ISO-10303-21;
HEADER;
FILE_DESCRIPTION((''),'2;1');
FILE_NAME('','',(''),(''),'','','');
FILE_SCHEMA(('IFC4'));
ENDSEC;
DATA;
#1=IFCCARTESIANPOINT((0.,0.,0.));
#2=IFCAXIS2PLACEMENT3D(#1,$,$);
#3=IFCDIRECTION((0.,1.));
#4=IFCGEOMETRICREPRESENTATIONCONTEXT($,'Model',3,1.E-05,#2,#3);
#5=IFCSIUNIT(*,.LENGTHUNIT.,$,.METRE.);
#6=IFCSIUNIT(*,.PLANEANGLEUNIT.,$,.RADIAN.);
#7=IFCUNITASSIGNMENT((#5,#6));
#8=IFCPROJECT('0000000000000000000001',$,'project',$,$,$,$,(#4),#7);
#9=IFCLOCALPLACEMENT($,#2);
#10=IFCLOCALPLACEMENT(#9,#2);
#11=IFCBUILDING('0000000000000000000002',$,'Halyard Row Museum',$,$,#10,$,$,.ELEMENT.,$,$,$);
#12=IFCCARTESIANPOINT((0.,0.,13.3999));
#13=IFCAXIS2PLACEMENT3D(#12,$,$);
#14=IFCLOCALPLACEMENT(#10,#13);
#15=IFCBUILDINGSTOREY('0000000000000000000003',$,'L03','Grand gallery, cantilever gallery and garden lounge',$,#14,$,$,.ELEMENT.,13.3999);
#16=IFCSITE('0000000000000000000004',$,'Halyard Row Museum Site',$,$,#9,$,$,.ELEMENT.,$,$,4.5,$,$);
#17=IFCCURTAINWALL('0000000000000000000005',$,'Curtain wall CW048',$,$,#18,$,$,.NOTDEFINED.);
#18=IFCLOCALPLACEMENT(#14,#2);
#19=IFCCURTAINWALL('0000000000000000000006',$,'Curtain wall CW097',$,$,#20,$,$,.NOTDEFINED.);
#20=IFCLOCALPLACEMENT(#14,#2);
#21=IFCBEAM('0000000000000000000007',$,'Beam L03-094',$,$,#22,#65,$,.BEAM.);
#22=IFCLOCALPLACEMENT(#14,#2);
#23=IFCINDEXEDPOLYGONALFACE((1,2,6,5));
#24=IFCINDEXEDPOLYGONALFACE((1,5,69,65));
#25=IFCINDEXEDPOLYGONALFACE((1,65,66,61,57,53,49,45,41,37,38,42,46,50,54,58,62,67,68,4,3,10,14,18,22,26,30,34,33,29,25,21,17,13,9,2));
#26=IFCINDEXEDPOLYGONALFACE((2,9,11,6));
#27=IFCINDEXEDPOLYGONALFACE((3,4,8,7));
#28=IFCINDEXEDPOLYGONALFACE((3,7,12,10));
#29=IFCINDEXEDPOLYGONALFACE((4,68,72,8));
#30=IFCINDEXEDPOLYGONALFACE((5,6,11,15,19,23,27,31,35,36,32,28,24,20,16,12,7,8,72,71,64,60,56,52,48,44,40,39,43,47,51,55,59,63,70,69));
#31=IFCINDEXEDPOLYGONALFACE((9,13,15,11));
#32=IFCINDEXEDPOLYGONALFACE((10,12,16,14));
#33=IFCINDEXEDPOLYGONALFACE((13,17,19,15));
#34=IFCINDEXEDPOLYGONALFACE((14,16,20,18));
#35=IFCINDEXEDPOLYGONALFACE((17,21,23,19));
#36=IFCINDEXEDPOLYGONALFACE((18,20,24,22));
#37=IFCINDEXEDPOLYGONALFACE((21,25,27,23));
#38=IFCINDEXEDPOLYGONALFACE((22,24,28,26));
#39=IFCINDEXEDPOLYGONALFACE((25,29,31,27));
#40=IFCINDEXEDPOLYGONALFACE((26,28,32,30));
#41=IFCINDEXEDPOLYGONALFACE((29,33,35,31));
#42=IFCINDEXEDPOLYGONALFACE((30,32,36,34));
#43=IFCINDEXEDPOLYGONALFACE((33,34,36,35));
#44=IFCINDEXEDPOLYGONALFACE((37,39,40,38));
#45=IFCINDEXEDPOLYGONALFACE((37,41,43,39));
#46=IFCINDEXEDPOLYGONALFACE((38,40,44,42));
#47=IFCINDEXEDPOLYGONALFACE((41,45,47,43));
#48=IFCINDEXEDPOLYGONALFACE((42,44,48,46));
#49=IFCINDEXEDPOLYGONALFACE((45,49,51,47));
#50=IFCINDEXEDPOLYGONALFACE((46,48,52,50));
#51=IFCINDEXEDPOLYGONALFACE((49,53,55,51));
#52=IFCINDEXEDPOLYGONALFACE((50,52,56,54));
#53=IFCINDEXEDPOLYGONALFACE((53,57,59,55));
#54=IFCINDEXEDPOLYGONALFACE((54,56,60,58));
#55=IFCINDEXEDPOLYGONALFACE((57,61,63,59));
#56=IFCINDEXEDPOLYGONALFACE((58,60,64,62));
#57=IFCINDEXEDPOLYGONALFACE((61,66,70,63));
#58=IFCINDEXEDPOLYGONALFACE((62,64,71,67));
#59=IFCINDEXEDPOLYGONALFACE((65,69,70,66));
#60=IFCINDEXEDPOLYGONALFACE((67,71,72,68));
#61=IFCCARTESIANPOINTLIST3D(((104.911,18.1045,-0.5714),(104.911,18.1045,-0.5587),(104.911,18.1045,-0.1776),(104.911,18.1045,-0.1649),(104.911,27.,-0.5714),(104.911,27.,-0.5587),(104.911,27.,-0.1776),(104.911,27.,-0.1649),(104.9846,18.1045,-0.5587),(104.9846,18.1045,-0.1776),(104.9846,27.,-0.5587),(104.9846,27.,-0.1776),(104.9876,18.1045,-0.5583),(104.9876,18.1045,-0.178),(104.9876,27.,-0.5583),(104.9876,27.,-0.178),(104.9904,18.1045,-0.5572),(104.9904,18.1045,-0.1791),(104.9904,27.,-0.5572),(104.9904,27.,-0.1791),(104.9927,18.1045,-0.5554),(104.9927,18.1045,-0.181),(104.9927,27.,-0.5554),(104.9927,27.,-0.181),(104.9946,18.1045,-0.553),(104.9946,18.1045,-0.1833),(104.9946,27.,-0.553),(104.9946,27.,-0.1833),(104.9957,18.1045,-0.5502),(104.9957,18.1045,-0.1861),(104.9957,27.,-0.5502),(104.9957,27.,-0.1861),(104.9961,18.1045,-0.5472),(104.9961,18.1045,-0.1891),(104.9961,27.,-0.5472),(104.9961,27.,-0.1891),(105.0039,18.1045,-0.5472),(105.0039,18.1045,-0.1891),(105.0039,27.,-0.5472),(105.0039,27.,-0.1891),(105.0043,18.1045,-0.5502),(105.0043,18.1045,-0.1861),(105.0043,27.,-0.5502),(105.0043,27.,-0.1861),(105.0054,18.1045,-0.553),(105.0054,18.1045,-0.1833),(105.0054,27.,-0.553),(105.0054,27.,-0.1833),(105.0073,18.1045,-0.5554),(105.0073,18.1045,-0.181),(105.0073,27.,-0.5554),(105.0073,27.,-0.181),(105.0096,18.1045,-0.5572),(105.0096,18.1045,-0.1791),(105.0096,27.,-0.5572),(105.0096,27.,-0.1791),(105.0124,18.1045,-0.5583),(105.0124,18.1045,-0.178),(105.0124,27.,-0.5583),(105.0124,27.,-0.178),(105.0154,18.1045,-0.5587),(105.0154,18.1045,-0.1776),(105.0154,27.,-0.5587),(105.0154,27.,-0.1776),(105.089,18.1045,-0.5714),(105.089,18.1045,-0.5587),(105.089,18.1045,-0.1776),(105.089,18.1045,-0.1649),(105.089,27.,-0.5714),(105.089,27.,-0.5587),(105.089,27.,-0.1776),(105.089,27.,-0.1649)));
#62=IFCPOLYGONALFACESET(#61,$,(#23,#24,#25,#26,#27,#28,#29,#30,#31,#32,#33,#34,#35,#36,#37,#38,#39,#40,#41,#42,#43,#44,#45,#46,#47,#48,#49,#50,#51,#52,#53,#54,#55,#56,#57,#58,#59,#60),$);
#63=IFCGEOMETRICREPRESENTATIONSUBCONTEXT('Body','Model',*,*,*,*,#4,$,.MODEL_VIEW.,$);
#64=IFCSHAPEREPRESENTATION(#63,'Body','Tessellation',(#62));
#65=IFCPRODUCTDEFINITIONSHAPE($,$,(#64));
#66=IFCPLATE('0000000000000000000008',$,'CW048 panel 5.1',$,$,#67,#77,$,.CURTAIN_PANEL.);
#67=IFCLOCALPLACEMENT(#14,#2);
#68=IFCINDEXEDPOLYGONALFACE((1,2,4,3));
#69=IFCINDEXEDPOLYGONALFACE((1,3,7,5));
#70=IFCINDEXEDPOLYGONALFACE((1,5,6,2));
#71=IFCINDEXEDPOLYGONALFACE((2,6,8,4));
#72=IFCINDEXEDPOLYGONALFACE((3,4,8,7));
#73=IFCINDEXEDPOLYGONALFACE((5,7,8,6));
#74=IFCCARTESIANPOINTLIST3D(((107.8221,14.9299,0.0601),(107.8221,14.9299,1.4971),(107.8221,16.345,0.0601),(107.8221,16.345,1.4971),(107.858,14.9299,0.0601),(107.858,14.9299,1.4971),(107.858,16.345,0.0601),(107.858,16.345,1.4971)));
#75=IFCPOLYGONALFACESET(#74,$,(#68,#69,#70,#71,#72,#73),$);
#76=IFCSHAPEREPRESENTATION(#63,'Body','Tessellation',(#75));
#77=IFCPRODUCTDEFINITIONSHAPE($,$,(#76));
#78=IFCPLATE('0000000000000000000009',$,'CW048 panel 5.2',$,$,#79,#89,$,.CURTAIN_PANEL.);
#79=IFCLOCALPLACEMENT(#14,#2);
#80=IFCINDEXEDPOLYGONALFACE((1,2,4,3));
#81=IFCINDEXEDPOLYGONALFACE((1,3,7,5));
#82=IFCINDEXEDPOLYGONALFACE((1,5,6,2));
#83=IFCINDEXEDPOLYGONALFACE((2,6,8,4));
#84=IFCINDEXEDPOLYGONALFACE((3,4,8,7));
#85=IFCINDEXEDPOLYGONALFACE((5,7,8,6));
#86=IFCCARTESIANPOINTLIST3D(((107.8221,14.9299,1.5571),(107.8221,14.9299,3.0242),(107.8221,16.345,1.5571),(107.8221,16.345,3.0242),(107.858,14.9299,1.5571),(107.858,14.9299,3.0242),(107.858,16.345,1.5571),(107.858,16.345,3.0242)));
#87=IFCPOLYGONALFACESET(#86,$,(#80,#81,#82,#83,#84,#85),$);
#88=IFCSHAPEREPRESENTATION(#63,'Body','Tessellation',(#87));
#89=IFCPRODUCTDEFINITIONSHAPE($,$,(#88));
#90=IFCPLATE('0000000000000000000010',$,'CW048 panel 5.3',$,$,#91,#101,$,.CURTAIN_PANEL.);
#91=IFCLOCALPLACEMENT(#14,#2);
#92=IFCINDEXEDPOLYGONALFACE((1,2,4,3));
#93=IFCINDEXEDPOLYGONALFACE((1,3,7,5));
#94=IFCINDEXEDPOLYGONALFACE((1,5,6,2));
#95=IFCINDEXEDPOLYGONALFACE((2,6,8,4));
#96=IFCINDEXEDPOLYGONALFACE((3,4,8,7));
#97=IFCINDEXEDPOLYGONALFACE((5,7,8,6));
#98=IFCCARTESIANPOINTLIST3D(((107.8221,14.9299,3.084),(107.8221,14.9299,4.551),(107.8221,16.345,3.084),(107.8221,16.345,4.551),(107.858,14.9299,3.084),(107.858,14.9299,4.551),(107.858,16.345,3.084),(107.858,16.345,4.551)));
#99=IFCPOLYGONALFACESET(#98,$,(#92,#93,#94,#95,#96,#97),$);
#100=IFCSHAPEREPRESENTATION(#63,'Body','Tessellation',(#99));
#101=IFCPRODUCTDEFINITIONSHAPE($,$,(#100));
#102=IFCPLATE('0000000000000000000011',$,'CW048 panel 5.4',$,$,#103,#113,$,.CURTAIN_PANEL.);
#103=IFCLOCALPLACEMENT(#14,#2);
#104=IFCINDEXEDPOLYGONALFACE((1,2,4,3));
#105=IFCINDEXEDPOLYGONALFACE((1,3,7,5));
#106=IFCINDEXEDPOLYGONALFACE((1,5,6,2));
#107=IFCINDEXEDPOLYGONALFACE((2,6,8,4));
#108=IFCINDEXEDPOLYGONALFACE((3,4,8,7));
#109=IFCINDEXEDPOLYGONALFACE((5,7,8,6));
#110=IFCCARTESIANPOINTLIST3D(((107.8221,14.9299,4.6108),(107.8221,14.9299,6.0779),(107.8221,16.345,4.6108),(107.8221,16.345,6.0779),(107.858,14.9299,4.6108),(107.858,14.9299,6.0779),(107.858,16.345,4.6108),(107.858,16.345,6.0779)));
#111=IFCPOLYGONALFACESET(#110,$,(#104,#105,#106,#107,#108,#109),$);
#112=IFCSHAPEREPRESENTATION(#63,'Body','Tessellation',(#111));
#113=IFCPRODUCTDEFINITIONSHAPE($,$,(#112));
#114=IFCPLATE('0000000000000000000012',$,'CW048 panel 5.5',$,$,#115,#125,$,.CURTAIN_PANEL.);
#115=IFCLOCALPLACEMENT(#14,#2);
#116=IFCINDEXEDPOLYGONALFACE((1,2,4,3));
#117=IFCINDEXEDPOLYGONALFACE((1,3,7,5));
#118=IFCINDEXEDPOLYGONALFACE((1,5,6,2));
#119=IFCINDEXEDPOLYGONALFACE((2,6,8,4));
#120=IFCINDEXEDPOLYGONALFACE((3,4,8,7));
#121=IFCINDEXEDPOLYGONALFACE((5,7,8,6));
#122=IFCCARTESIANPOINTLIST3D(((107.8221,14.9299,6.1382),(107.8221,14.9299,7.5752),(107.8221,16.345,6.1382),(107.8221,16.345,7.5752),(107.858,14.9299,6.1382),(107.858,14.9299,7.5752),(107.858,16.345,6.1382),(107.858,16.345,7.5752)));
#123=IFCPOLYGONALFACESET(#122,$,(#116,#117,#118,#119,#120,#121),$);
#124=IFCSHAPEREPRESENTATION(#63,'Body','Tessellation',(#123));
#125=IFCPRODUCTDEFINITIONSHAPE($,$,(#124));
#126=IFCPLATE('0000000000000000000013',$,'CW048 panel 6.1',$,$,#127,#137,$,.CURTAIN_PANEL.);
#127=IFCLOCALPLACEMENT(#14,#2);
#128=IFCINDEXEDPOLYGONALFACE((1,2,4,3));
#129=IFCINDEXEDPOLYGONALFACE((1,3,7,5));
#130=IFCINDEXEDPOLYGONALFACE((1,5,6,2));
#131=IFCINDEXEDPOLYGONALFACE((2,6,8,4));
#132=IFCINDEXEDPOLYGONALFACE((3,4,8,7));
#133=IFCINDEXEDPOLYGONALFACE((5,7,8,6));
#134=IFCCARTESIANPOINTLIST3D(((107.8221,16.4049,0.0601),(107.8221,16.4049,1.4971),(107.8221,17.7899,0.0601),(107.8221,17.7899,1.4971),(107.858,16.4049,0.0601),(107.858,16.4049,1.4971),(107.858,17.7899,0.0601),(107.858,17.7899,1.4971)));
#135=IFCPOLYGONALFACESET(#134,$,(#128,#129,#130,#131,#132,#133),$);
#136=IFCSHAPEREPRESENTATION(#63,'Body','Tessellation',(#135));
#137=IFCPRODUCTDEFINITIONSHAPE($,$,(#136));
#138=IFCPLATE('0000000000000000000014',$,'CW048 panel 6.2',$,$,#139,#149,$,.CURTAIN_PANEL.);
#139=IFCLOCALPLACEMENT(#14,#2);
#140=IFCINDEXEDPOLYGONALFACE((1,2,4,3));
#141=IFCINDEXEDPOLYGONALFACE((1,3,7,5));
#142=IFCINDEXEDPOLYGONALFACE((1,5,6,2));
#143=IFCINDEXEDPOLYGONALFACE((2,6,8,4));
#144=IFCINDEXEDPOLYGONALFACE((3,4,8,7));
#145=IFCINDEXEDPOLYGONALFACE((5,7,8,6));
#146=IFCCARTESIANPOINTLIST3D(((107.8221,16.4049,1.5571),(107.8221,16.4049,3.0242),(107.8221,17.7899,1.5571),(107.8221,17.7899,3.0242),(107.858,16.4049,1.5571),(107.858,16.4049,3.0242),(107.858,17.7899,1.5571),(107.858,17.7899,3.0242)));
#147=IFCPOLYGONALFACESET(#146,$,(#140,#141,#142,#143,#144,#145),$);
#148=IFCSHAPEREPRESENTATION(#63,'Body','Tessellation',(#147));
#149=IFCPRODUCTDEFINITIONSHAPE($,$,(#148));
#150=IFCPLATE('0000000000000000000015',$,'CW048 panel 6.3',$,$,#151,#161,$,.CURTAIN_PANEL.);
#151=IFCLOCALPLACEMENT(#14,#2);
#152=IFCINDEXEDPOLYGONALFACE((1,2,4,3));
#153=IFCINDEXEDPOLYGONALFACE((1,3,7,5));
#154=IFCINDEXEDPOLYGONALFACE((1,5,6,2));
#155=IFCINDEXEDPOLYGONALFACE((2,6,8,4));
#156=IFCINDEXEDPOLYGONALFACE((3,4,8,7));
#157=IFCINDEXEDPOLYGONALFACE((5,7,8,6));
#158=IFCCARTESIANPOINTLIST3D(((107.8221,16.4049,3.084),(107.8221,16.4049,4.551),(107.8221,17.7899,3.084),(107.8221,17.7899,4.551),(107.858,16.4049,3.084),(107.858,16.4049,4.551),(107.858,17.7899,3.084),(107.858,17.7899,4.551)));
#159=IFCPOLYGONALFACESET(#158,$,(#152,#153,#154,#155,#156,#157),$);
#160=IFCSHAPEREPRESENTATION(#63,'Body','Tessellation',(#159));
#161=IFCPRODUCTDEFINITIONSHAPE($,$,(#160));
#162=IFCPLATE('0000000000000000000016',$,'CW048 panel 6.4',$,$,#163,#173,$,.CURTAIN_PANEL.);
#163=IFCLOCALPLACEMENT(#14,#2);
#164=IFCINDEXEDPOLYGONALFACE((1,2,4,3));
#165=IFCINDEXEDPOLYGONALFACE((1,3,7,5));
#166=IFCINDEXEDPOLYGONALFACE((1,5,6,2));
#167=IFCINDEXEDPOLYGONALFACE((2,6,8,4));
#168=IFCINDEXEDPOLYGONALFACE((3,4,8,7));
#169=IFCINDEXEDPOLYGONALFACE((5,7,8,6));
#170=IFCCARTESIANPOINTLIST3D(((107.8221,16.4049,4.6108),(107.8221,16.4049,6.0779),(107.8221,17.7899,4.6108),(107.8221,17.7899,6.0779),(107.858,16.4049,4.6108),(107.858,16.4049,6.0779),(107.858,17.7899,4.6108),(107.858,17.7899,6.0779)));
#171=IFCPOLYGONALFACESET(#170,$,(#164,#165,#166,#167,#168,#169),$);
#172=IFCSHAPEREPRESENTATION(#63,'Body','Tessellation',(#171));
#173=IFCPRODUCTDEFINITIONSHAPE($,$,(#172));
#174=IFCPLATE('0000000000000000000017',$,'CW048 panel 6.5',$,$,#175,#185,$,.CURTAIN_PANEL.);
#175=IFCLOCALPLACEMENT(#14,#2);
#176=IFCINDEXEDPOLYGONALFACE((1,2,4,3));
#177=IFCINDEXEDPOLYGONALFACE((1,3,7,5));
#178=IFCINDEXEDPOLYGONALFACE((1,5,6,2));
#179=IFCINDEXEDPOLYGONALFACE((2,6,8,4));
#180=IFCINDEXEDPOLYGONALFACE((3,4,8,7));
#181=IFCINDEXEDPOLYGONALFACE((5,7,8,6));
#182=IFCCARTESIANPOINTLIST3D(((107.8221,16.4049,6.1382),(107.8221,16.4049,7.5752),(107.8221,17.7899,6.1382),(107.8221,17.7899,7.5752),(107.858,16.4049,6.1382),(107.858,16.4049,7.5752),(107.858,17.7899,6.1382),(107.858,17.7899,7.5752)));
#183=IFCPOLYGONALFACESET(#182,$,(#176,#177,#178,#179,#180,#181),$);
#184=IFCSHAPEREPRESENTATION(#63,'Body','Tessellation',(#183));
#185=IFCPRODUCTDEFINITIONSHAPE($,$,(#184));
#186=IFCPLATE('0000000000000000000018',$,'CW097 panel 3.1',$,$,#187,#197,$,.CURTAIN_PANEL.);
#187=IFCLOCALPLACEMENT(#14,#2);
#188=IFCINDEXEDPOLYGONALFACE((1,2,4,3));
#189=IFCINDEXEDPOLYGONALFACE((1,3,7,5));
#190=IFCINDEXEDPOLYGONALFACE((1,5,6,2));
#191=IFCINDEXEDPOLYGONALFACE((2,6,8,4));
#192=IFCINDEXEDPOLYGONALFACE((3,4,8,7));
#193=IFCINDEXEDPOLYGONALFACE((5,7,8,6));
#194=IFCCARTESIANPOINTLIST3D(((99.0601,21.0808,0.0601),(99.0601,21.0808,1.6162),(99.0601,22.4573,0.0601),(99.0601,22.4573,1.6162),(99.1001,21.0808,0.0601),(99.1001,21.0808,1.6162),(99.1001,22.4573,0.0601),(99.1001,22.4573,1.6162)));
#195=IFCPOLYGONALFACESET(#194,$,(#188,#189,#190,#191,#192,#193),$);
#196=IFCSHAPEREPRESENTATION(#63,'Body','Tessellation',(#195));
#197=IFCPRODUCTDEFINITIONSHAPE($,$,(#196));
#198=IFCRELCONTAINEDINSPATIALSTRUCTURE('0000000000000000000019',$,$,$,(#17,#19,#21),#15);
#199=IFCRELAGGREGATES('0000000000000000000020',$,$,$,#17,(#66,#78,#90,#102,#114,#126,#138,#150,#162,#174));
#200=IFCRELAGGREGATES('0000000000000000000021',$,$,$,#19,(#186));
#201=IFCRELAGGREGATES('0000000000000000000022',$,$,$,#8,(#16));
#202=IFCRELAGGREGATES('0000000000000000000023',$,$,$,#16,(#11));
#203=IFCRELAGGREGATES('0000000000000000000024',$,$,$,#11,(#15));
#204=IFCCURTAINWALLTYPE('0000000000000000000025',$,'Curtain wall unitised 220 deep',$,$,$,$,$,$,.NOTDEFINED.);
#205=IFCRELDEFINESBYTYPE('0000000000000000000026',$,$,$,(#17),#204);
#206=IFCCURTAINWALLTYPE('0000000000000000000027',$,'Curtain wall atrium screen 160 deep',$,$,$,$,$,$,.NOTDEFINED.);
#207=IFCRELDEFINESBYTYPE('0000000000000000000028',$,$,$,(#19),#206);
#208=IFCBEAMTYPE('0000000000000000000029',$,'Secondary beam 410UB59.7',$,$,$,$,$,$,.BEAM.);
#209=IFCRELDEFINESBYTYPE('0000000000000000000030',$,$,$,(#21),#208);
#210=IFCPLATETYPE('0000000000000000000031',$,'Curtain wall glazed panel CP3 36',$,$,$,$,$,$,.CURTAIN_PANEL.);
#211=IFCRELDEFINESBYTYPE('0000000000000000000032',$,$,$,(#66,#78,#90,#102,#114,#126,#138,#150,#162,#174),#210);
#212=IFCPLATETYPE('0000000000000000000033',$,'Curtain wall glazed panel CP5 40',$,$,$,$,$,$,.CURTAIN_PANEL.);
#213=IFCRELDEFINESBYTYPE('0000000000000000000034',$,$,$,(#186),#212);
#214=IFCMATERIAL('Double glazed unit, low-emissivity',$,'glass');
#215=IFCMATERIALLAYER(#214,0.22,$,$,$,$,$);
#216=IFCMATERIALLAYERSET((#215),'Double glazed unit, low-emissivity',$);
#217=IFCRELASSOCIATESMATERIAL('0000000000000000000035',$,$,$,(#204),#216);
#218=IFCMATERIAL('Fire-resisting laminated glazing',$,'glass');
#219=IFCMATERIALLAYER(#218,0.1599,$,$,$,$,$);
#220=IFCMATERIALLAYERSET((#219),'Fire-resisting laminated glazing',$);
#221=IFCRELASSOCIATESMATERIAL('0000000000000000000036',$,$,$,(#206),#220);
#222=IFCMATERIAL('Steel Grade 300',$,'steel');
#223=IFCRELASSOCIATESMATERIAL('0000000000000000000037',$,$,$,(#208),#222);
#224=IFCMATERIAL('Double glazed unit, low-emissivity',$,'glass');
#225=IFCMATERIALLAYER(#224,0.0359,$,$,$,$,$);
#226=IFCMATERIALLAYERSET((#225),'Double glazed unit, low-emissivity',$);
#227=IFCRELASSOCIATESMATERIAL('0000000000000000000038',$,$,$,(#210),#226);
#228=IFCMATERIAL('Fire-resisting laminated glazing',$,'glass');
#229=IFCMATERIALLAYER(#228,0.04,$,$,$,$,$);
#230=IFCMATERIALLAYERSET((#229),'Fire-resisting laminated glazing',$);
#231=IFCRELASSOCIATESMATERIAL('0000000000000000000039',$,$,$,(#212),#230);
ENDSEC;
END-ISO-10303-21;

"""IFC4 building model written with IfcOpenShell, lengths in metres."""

from ifc_helpers import new_model, si_unit, direction, frame, origin, origin_2d, place, context, subcontext, project, spatial, rectangle, i_section, extrude, material, layer, layer_set, material_profile, profile_set, type_object, element, aggregate, save


model = new_model("IFC4")

# Units and contexts
model_context = context("Model", 3, precision=1e-05, world=origin(), true_north=direction((0.0, 1.0)))
body_context = subcontext(model_context, "Body", "Model", "MODEL_VIEW")
ifc_project = project(units=[si_unit("LENGTHUNIT", "METRE"), si_unit("PLANEANGLEUNIT", "RADIAN")], contexts=[model_context])

# Site, building, storey
site_placement = place(None, origin())
site = spatial("IfcSite", under=ifc_project, at=site_placement, Name="Halyard Row Museum Site", CompositionType="ELEMENT", RefElevation=4.5)
building_placement = place(site_placement, origin())
building = spatial("IfcBuilding", under=site, at=building_placement, Name="Halyard Row Museum", CompositionType="ELEMENT")
storey_placement = place(building_placement, frame((0.0, 0.0, 13.3999)))
storey = spatial("IfcBuildingStorey", under=building, at=storey_placement, Name="L03", Description="Grand gallery, cantilever gallery and garden lounge", CompositionType="ELEMENT", Elevation=13.3999)

# Curtain wall
ifc_material_1 = material(Name="Double glazed unit, low-emissivity", Category="glass")
ifc_layer_1 = layer(ifc_material_1, 0.22)
ifc_layer_set_1 = layer_set([ifc_layer_1], Name="Double glazed unit, low-emissivity")
curtain_wall_type_1 = type_object("IfcCurtainWallType", Name="Curtain wall unitised 220 deep", PredefinedType="NOTDEFINED", material=ifc_layer_set_1)
curtain_wall_1_placement = place(storey_placement, origin())
curtain_wall_1 = element("IfcCurtainWall", 1, at=curtain_wall_1_placement, inside=storey, type_object=curtain_wall_type_1, Name="Curtain wall CW048", PredefinedType="NOTDEFINED")

# Curtain wall
ifc_material_2 = material(Name="Fire-resisting laminated glazing", Category="glass")
ifc_layer_2 = layer(ifc_material_2, 0.1599)
ifc_layer_set_2 = layer_set([ifc_layer_2], Name="Fire-resisting laminated glazing")
curtain_wall_type_2 = type_object("IfcCurtainWallType", Name="Curtain wall atrium screen 160 deep", PredefinedType="NOTDEFINED", material=ifc_layer_set_2)
curtain_wall_2_placement = place(storey_placement, origin())
curtain_wall_2 = element("IfcCurtainWall", 2, at=curtain_wall_2_placement, inside=storey, type_object=curtain_wall_type_2, Name="Curtain wall CW097", PredefinedType="NOTDEFINED")

# Beam
ifc_material_3 = material(Name="Steel Grade 300", Category="steel")
ifc_material_profile_1 = material_profile(ifc_material_3, i_section(OverallWidth=0.178, OverallDepth=0.4065, WebThickness=0.0078, FlangeThickness=0.0127, FilletRadius=0.0115, at=origin_2d()), Name="410UB59.7")
ifc_profile_set_1 = profile_set([ifc_material_profile_1], Name="Steel Grade 300")
beam_type_1 = type_object("IfcBeamType", Name="Secondary beam 410UB59.7", PredefinedType="BEAM", material=ifc_profile_set_1)
beam_1_placement = place(storey_placement, frame((105.0, 18.1045, -0.3682), z_axis=(0.0, 1.0, 0.0), x_axis=(-1.0, 0.0, 0.0)))
element("IfcBeam", 3, at=beam_1_placement, inside=storey, type_object=beam_type_1, Name="Beam L03-094", PredefinedType="BEAM", context=body_context, shape_type="SweptSolid", body=[
    extrude(i_section(OverallWidth=0.178, OverallDepth=0.4065, WebThickness=0.0078, FlangeThickness=0.0127, FilletRadius=0.0115, at=origin_2d()), origin(), (0.0, 0.0, 1.0), 8.8955),
])

# Plates
ifc_material_4 = material(Name="Double glazed unit, low-emissivity", Category="glass")
ifc_layer_3 = layer(ifc_material_4, 0.0359)
ifc_layer_set_3 = layer_set([ifc_layer_3], Name="Double glazed unit, low-emissivity")
plate_type_1 = type_object("IfcPlateType", Name="Curtain wall glazed panel CP3 36", PredefinedType="CURTAIN_PANEL", material=ifc_layer_set_3)
plate_1_placement = place(storey_placement, frame((107.8401, 15.6375, 0.0601), z_axis=(0.0, 0.0, 1.0), x_axis=(0.0, 1.0, 0.0)))
plate_1 = element("IfcPlate", 4, at=plate_1_placement, type_object=plate_type_1, Name="CW048 panel 5.1", PredefinedType="CURTAIN_PANEL", context=body_context, shape_type="SweptSolid", body=[
    extrude(rectangle(XDim=1.415, YDim=0.0359, at=origin_2d()), origin(), (0.0, 0.0, 1.0), 1.437),
])
plate_2_placement = place(storey_placement, frame((107.8401, 15.6375, 1.5571), z_axis=(0.0, 0.0, 1.0), x_axis=(0.0, 1.0, 0.0)))
plate_2 = element("IfcPlate", 5, at=plate_2_placement, type_object=plate_type_1, Name="CW048 panel 5.2", PredefinedType="CURTAIN_PANEL", context=body_context, shape_type="SweptSolid", body=[
    extrude(rectangle(XDim=1.415, YDim=0.0359, at=origin_2d()), origin(), (0.0, 0.0, 1.0), 1.467),
])
plate_3_placement = place(storey_placement, frame((107.8401, 15.6375, 3.084), z_axis=(0.0, 0.0, 1.0), x_axis=(0.0, 1.0, 0.0)))
plate_3 = element("IfcPlate", 6, at=plate_3_placement, type_object=plate_type_1, Name="CW048 panel 5.3", PredefinedType="CURTAIN_PANEL", context=body_context, shape_type="SweptSolid", body=[
    extrude(rectangle(XDim=1.415, YDim=0.0359, at=origin_2d()), origin(), (0.0, 0.0, 1.0), 1.467),
])
plate_4_placement = place(storey_placement, frame((107.8401, 15.6375, 4.6108), z_axis=(0.0, 0.0, 1.0), x_axis=(0.0, 1.0, 0.0)))
plate_4 = element("IfcPlate", 7, at=plate_4_placement, type_object=plate_type_1, Name="CW048 panel 5.4", PredefinedType="CURTAIN_PANEL", context=body_context, shape_type="SweptSolid", body=[
    extrude(rectangle(XDim=1.415, YDim=0.0359, at=origin_2d()), origin(), (0.0, 0.0, 1.0), 1.467),
])
plate_5_placement = place(storey_placement, frame((107.8401, 15.6375, 6.1382), z_axis=(0.0, 0.0, 1.0), x_axis=(0.0, 1.0, 0.0)))
plate_5 = element("IfcPlate", 8, at=plate_5_placement, type_object=plate_type_1, Name="CW048 panel 5.5", PredefinedType="CURTAIN_PANEL", context=body_context, shape_type="SweptSolid", body=[
    extrude(rectangle(XDim=1.415, YDim=0.0359, at=origin_2d()), origin(), (0.0, 0.0, 1.0), 1.437),
])
plate_6_placement = place(storey_placement, frame((107.8401, 17.0974, 0.0601), z_axis=(0.0, 0.0, 1.0), x_axis=(0.0, 1.0, 0.0)))
plate_6 = element("IfcPlate", 9, at=plate_6_placement, type_object=plate_type_1, Name="CW048 panel 6.1", PredefinedType="CURTAIN_PANEL", context=body_context, shape_type="SweptSolid", body=[
    extrude(rectangle(XDim=1.385, YDim=0.0359, at=origin_2d()), origin(), (0.0, 0.0, 1.0), 1.437),
])
plate_7_placement = place(storey_placement, frame((107.8401, 17.0974, 1.5571), z_axis=(0.0, 0.0, 1.0), x_axis=(0.0, 1.0, 0.0)))
plate_7 = element("IfcPlate", 10, at=plate_7_placement, type_object=plate_type_1, Name="CW048 panel 6.2", PredefinedType="CURTAIN_PANEL", context=body_context, shape_type="SweptSolid", body=[
    extrude(rectangle(XDim=1.385, YDim=0.0359, at=origin_2d()), origin(), (0.0, 0.0, 1.0), 1.467),
])
plate_8_placement = place(storey_placement, frame((107.8401, 17.0974, 3.084), z_axis=(0.0, 0.0, 1.0), x_axis=(0.0, 1.0, 0.0)))
plate_8 = element("IfcPlate", 11, at=plate_8_placement, type_object=plate_type_1, Name="CW048 panel 6.3", PredefinedType="CURTAIN_PANEL", context=body_context, shape_type="SweptSolid", body=[
    extrude(rectangle(XDim=1.385, YDim=0.0359, at=origin_2d()), origin(), (0.0, 0.0, 1.0), 1.467),
])
plate_9_placement = place(storey_placement, frame((107.8401, 17.0974, 4.6108), z_axis=(0.0, 0.0, 1.0), x_axis=(0.0, 1.0, 0.0)))
plate_9 = element("IfcPlate", 12, at=plate_9_placement, type_object=plate_type_1, Name="CW048 panel 6.4", PredefinedType="CURTAIN_PANEL", context=body_context, shape_type="SweptSolid", body=[
    extrude(rectangle(XDim=1.385, YDim=0.0359, at=origin_2d()), origin(), (0.0, 0.0, 1.0), 1.467),
])
plate_10_placement = place(storey_placement, frame((107.8401, 17.0974, 6.1382), z_axis=(0.0, 0.0, 1.0), x_axis=(0.0, 1.0, 0.0)))
plate_10 = element("IfcPlate", 13, at=plate_10_placement, type_object=plate_type_1, Name="CW048 panel 6.5", PredefinedType="CURTAIN_PANEL", context=body_context, shape_type="SweptSolid", body=[
    extrude(rectangle(XDim=1.385, YDim=0.0359, at=origin_2d()), origin(), (0.0, 0.0, 1.0), 1.437),
])
aggregate(curtain_wall_1, [plate_1, plate_2, plate_3, plate_4, plate_5, plate_6, plate_7, plate_8, plate_9, plate_10])
ifc_material_5 = material(Name="Fire-resisting laminated glazing", Category="glass")
ifc_layer_4 = layer(ifc_material_5, 0.04)
ifc_layer_set_4 = layer_set([ifc_layer_4], Name="Fire-resisting laminated glazing")
plate_type_2 = type_object("IfcPlateType", Name="Curtain wall glazed panel CP5 40", PredefinedType="CURTAIN_PANEL", material=ifc_layer_set_4)
plate_11_placement = place(storey_placement, frame((99.0801, 21.769, 0.0601), z_axis=(0.0, 0.0, 1.0), x_axis=(0.0, 1.0, 0.0)))
plate_11 = element("IfcPlate", 14, at=plate_11_placement, type_object=plate_type_2, Name="CW097 panel 3.1", PredefinedType="CURTAIN_PANEL", context=body_context, shape_type="SweptSolid", body=[
    extrude(rectangle(XDim=1.3765, YDim=0.04, at=origin_2d()), origin(), (0.0, 0.0, 1.0), 1.5562),
])
aggregate(curtain_wall_2, [plate_11])

save(model, "model.ifc")
